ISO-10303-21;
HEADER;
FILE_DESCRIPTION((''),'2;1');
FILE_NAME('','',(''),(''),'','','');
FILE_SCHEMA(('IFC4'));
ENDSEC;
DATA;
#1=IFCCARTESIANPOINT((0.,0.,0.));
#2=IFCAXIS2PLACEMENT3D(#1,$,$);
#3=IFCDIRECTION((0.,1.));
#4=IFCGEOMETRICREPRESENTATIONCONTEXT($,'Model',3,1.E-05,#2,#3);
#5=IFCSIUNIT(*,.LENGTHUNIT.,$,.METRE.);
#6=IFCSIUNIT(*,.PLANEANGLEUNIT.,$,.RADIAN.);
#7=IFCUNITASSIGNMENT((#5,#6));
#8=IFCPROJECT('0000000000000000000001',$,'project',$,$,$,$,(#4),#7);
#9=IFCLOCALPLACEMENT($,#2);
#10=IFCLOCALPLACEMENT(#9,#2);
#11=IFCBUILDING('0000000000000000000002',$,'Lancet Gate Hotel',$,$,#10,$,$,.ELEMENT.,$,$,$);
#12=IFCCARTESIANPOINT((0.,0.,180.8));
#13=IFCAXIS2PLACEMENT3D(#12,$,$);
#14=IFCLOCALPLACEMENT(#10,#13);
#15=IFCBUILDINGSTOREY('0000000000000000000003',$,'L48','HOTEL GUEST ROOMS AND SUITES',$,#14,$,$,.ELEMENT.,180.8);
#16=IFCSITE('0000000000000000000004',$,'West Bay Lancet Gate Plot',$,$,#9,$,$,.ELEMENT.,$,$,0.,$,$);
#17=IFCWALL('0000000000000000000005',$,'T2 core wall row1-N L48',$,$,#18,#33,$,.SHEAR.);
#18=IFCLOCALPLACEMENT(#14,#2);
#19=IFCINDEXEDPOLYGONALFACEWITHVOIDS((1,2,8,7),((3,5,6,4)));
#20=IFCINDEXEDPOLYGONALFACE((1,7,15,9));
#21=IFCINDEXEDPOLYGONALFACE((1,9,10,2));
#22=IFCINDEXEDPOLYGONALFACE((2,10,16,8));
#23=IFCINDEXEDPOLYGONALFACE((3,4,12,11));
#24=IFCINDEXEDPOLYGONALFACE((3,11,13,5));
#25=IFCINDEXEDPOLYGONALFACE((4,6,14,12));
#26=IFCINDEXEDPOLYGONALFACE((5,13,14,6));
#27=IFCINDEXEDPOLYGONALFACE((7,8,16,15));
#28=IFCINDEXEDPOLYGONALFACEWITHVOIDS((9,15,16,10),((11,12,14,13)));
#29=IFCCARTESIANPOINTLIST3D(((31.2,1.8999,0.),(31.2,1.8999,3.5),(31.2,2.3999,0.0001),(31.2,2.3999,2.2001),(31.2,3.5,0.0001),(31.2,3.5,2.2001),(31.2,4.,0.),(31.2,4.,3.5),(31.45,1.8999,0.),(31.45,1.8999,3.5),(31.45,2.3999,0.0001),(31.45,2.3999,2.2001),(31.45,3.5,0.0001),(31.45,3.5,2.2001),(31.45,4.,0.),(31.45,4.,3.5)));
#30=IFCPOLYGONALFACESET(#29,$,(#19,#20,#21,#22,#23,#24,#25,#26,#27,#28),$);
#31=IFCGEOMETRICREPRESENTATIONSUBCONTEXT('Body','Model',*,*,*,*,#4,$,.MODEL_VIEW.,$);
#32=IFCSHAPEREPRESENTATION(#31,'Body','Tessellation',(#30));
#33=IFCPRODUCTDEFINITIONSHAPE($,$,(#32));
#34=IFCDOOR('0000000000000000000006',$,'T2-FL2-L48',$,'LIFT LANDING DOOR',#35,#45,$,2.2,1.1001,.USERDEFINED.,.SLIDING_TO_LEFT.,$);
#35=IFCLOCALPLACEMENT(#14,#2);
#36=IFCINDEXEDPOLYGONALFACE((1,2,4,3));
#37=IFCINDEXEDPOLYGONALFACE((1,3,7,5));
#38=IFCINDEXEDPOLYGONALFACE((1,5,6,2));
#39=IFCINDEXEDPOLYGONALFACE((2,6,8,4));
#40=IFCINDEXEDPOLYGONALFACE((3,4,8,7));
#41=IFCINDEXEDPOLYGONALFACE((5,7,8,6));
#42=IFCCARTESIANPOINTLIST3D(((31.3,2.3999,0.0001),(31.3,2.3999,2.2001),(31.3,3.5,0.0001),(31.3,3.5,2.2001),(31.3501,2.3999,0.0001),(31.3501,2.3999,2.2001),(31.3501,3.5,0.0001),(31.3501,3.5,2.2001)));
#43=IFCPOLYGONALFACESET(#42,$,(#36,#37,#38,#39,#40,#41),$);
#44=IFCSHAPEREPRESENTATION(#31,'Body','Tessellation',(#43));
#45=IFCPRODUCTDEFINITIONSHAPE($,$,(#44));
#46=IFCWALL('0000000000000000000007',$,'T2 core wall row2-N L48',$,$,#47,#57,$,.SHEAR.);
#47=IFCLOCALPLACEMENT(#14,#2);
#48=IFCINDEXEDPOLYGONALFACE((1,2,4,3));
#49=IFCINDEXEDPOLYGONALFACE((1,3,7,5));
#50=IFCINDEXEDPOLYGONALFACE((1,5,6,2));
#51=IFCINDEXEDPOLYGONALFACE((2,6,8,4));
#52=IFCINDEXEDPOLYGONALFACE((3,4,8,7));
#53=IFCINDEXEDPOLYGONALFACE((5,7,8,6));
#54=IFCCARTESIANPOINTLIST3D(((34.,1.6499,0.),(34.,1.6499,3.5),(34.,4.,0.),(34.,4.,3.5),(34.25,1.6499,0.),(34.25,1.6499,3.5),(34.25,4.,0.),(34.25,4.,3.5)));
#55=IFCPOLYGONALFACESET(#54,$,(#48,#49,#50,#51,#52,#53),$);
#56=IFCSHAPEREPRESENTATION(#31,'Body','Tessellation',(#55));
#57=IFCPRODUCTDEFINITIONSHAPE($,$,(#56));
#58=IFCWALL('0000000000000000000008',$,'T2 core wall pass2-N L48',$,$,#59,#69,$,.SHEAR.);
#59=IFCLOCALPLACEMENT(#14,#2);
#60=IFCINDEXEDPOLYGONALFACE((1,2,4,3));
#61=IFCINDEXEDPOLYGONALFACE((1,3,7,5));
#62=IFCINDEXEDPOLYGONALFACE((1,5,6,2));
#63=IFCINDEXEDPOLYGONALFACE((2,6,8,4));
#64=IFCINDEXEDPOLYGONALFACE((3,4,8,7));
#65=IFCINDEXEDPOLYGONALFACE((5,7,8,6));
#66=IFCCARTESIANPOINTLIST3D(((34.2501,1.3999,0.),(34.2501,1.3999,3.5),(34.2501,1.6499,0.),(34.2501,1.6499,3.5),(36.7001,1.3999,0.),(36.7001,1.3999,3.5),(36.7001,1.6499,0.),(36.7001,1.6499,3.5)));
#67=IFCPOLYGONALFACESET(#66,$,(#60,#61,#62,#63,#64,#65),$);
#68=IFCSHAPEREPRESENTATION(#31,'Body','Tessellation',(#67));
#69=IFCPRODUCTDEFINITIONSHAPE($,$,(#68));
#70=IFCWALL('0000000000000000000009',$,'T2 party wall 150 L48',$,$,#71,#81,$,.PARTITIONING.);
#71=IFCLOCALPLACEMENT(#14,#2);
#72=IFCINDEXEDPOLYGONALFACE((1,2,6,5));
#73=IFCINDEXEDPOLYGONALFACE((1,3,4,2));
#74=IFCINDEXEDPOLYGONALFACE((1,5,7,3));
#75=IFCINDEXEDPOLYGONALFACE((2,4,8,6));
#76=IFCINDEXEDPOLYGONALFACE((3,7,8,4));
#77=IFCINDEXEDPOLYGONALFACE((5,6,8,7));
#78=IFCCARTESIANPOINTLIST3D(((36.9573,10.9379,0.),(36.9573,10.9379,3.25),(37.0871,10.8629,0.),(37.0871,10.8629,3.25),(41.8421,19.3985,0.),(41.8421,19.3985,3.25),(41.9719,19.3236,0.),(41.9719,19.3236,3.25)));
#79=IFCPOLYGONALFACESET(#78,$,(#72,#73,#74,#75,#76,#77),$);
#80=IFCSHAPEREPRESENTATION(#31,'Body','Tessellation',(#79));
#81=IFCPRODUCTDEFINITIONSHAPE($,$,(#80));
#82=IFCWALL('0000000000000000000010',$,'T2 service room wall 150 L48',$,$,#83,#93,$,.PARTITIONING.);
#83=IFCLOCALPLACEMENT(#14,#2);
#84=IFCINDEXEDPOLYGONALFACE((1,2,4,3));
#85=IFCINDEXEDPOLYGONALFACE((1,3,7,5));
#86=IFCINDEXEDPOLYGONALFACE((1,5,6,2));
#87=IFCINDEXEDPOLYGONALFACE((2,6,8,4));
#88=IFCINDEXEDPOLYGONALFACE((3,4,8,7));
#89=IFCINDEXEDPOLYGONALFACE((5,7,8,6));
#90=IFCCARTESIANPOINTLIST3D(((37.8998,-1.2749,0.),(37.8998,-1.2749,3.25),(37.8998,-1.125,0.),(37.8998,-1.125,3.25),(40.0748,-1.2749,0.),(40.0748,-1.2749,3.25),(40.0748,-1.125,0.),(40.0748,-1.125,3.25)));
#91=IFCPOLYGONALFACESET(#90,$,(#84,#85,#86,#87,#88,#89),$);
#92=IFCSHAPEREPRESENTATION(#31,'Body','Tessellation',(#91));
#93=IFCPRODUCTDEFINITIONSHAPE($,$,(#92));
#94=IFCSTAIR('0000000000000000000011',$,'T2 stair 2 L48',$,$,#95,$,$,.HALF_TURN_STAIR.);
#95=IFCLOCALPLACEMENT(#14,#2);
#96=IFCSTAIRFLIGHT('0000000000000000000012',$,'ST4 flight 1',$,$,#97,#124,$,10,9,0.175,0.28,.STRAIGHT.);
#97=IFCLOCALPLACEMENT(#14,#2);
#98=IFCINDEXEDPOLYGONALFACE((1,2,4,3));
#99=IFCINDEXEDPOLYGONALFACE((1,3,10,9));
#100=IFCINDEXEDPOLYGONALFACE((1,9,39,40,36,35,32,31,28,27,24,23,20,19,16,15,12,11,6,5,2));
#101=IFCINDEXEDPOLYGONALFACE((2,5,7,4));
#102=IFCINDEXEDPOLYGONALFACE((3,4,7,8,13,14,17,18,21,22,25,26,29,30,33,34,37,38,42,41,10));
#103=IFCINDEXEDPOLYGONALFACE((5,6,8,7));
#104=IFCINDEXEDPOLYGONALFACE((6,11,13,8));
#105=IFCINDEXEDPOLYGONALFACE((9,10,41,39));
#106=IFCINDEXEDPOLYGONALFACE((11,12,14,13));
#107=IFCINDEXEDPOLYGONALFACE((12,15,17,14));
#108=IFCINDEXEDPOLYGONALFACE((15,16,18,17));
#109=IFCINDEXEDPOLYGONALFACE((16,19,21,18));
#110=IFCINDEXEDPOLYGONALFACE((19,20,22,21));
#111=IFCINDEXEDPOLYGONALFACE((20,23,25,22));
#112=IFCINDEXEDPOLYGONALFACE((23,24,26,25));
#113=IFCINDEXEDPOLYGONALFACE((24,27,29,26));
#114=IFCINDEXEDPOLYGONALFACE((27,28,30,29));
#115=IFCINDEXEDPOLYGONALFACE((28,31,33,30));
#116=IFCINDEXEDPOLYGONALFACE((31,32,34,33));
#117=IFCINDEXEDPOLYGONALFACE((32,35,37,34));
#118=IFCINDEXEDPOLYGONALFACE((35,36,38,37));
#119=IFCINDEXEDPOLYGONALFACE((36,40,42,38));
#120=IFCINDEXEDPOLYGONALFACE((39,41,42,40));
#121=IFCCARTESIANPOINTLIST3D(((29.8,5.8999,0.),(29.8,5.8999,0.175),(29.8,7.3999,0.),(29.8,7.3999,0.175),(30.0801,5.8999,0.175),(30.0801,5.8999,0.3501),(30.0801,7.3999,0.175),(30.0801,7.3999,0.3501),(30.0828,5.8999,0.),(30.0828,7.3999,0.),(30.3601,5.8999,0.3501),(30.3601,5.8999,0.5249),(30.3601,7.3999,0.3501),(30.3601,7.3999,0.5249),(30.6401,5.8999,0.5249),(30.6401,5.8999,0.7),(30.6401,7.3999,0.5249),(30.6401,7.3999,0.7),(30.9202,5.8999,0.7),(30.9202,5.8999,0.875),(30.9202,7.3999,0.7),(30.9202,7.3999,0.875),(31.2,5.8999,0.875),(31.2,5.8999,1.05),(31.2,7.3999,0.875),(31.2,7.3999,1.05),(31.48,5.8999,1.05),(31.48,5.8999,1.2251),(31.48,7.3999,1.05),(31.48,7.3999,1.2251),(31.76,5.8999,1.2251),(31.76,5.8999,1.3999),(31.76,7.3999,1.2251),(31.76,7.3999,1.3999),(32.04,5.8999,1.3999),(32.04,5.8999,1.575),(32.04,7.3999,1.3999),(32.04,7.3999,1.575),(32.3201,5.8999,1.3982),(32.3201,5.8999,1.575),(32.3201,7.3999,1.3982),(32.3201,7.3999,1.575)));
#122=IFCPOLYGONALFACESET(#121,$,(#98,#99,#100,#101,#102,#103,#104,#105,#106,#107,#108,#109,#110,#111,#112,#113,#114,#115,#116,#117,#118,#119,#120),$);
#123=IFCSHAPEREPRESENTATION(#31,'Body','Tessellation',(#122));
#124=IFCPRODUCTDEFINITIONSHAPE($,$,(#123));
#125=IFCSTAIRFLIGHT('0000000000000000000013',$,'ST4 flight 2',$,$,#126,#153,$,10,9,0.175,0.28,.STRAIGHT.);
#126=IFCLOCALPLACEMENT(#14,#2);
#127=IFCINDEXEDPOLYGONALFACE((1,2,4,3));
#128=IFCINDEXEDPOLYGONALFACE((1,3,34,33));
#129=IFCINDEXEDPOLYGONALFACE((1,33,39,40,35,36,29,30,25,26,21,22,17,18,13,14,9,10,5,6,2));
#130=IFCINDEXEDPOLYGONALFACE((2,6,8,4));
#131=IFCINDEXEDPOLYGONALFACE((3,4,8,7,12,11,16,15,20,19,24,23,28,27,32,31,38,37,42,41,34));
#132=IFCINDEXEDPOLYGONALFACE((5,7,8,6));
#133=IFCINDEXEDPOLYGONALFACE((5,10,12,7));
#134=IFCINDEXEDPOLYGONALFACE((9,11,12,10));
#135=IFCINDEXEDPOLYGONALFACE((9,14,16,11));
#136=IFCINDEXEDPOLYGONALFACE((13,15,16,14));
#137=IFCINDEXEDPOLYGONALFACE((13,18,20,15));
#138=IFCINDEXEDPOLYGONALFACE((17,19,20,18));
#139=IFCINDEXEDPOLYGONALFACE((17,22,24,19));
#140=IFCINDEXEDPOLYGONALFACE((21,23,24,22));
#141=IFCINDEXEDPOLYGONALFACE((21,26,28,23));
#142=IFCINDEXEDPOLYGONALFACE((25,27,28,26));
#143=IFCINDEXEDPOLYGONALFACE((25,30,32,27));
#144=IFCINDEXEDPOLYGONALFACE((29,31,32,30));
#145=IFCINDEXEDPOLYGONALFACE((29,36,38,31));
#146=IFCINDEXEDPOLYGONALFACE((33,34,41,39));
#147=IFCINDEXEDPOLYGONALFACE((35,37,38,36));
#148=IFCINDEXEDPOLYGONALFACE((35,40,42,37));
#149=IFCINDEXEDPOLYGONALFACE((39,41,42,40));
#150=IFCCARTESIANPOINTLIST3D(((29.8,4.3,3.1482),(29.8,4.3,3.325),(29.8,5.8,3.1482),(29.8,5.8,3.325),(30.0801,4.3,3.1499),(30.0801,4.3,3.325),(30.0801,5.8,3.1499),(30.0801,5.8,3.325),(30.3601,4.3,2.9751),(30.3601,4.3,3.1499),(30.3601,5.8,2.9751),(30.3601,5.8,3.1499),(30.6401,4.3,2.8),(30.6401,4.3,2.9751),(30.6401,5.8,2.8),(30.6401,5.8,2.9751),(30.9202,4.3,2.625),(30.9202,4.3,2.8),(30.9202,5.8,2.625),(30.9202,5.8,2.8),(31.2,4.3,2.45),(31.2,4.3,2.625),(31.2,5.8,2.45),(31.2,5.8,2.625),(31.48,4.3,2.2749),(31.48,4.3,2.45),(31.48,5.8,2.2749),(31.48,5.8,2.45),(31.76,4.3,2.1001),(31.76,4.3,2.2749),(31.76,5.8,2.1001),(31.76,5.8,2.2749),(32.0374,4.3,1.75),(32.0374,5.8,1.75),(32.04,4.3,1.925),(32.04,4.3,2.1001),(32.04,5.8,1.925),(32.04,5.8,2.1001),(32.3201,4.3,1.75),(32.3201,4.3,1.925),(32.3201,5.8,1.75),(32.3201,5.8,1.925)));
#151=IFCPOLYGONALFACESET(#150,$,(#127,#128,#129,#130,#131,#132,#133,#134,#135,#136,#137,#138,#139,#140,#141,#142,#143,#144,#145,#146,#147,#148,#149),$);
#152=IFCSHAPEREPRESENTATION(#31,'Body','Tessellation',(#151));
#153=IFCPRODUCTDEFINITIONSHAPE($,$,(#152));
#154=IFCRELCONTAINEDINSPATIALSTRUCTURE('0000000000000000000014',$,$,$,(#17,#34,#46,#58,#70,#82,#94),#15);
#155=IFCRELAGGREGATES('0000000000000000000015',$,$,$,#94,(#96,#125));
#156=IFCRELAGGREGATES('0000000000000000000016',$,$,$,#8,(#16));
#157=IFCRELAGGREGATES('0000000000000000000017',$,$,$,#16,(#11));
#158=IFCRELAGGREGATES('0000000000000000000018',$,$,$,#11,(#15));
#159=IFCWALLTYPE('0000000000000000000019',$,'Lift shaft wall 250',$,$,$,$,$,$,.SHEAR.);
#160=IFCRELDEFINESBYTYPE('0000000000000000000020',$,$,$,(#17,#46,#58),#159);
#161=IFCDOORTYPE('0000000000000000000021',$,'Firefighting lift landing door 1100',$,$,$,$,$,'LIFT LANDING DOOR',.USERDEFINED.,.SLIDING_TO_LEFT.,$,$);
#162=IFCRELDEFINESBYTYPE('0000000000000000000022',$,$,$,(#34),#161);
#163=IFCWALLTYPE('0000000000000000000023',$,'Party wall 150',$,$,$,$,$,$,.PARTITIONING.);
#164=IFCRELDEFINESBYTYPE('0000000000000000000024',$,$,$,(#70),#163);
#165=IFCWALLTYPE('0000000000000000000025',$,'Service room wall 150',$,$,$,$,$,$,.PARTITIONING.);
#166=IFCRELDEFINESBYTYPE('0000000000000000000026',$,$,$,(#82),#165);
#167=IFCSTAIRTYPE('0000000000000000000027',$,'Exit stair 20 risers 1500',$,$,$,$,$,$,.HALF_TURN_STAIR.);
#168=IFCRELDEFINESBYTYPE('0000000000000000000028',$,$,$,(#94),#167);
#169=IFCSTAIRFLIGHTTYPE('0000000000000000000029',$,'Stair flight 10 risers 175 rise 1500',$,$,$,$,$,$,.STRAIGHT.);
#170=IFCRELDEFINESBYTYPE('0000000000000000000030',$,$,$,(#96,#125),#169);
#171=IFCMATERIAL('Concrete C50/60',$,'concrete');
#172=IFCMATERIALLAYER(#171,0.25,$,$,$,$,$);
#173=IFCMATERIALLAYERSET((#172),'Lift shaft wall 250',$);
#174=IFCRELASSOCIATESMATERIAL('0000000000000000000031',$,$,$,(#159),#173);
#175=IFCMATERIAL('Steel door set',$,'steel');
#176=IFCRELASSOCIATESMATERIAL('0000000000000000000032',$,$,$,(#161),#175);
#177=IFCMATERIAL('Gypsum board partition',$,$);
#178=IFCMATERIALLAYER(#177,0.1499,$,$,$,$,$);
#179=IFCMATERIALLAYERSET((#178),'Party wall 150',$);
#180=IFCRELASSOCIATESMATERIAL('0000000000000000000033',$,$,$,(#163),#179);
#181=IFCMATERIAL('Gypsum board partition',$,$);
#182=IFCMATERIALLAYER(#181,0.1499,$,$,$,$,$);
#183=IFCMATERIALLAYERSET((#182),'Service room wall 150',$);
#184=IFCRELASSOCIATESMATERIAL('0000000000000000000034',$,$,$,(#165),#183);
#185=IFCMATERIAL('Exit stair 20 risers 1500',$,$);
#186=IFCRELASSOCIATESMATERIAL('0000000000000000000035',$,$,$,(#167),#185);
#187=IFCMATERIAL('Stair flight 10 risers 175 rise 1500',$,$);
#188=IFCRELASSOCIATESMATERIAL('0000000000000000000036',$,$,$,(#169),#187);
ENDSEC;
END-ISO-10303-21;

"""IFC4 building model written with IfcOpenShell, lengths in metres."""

from ifc_helpers import new_model, si_unit, direction, frame, frame_2d, origin, place, context, subcontext, project, spatial, polyline, rectangle, outline, extrude, material, layer, layer_set, type_object, element, fill, aggregate, save


model = new_model("IFC4")

# Units and contexts
model_context = context("Model", 3, precision=1e-05, world=origin(), true_north=direction((0.0, 1.0)))
body_context = subcontext(model_context, "Body", "Model", "MODEL_VIEW")
ifc_project = project(units=[si_unit("LENGTHUNIT", "METRE"), si_unit("PLANEANGLEUNIT", "RADIAN")], contexts=[model_context])

# Site, building, storey
site_placement = place(None, origin())
site = spatial("IfcSite", under=ifc_project, at=site_placement, Name="West Bay Lancet Gate Plot", CompositionType="ELEMENT", RefElevation=0.0)
building_placement = place(site_placement, origin())
building = spatial("IfcBuilding", under=site, at=building_placement, Name="Lancet Gate Hotel", CompositionType="ELEMENT")
storey_placement = place(building_placement, frame((0.0, 0.0, 180.8)))
storey = spatial("IfcBuildingStorey", under=building, at=storey_placement, Name="L48", Description="HOTEL GUEST ROOMS AND SUITES", CompositionType="ELEMENT", Elevation=180.8)

# Wall, opening, door
ifc_material_1 = material(Name="Concrete C50/60", Category="concrete")
ifc_layer_1 = layer(ifc_material_1, 0.25)
ifc_layer_set_1 = layer_set([ifc_layer_1], Name="Lift shaft wall 250")
wall_type_1 = type_object("IfcWallType", Name="Lift shaft wall 250", PredefinedType="SHEAR", material=ifc_layer_set_1)
wall_1_placement = place(storey_placement, frame((31.325, 1.8999, 0.0), z_axis=(0.0, 0.0, 1.0), x_axis=(0.0, 1.0, 0.0)))
wall_1 = element("IfcWall", 1, at=wall_1_placement, inside=storey, type_object=wall_type_1, Name="T2 core wall row1-N L48", PredefinedType="SHEAR", context=body_context, shape_type="SweptSolid", body=[
    extrude(rectangle(XDim=2.1001, YDim=0.25, at=frame_2d((1.05, 0.0))), origin(), (0.0, 0.0, 1.0), 3.5),
])
opening_1_placement = place(wall_1_placement, frame((0.5, 0.0, 0.0)))
opening_1 = element("IfcOpeningElement", 2, at=opening_1_placement, cuts=wall_1, PredefinedType="OPENING", context=body_context, shape_type="SweptSolid", body=[
    extrude(rectangle(XDim=1.1001, YDim=2.2, at=frame_2d((0.55, 1.1001))), frame((0.0, 0.135, 0.0), z_axis=(0.0, -1.0, 0.0), x_axis=(1.0, 0.0, 0.0)), (0.0, 0.0, 1.0), 0.27),
])
ifc_material_2 = material(Name="Steel door set", Category="steel")
door_type_1 = type_object("IfcDoorType", Name="Firefighting lift landing door 1100", ElementType="LIFT LANDING DOOR", OperationType="SLIDING_TO_LEFT", PredefinedType="USERDEFINED", material=ifc_material_2)
door_1_placement = place(opening_1_placement, origin())
door_1 = element("IfcDoor", 3, at=door_1_placement, inside=storey, type_object=door_type_1, Name="T2-FL2-L48", ObjectType="LIFT LANDING DOOR", OperationType="SLIDING_TO_LEFT", OverallHeight=2.2, OverallWidth=1.1001, PredefinedType="USERDEFINED", context=body_context, shape_type="SweptSolid", body=[
    extrude(rectangle(XDim=1.1001, YDim=2.2, at=frame_2d((0.55, 1.1001))), frame((0.0, 0.0249, 0.0), z_axis=(0.0, -1.0, 0.0), x_axis=(1.0, 0.0, 0.0)), (0.0, 0.0, 1.0), 0.05),
])
fill(opening_1, door_1)

# Walls
wall_2_placement = place(storey_placement, frame((34.125, 1.6499, 0.0), z_axis=(0.0, 0.0, 1.0), x_axis=(0.0, 1.0, 0.0)))
element("IfcWall", 4, at=wall_2_placement, inside=storey, type_object=wall_type_1, Name="T2 core wall row2-N L48", PredefinedType="SHEAR", context=body_context, shape_type="SweptSolid", body=[
    extrude(rectangle(XDim=2.3501, YDim=0.25, at=frame_2d((1.175, 0.0))), origin(), (0.0, 0.0, 1.0), 3.5),
])
wall_3_placement = place(storey_placement, frame((34.25, 1.5249, 0.0), z_axis=(0.0, 0.0, 1.0), x_axis=(1.0, 0.0, 0.0)))
element("IfcWall", 5, at=wall_3_placement, inside=storey, type_object=wall_type_1, Name="T2 core wall pass2-N L48", PredefinedType="SHEAR", context=body_context, shape_type="SweptSolid", body=[
    extrude(rectangle(XDim=2.45, YDim=0.25, at=frame_2d((1.2251, 0.0))), origin(), (0.0, 0.0, 1.0), 3.5),
])
ifc_material_3 = material(Name="Gypsum board partition")
ifc_layer_2 = layer(ifc_material_3, 0.1499)
ifc_layer_set_2 = layer_set([ifc_layer_2], Name="Party wall 150")
wall_type_2 = type_object("IfcWallType", Name="Party wall 150", PredefinedType="PARTITIONING", material=ifc_layer_set_2)
wall_4_placement = place(storey_placement, frame((37.0222, 10.9004, 0.0), z_axis=(0.0, 0.0, 1.0), x_axis=(0.499999, 0.866026, 0.0)))
element("IfcWall", 6, at=wall_4_placement, inside=storey, type_object=wall_type_2, Name="T2 party wall 150 L48", PredefinedType="PARTITIONING", context=body_context, shape_type="SweptSolid", body=[
    extrude(rectangle(XDim=9.7695, YDim=0.1499, at=frame_2d((4.8848, 0.0))), origin(), (0.0, 0.0, 1.0), 3.25),
])
ifc_material_4 = material(Name="Gypsum board partition")
ifc_layer_3 = layer(ifc_material_4, 0.1499)
ifc_layer_set_3 = layer_set([ifc_layer_3], Name="Service room wall 150")
wall_type_3 = type_object("IfcWallType", Name="Service room wall 150", PredefinedType="PARTITIONING", material=ifc_layer_set_3)
wall_5_placement = place(storey_placement, frame((37.8999, -1.2, 0.0), z_axis=(0.0, 0.0, 1.0), x_axis=(1.0, 0.0, 0.0)))
element("IfcWall", 7, at=wall_5_placement, inside=storey, type_object=wall_type_3, Name="T2 service room wall 150 L48", PredefinedType="PARTITIONING", context=body_context, shape_type="SweptSolid", body=[
    extrude(rectangle(XDim=2.175, YDim=0.1499, at=frame_2d((1.0874, 0.0))), origin(), (0.0, 0.0, 1.0), 3.25),
])

# Stair, stair flights
ifc_material_5 = material(Name="Exit stair 20 risers 1500")
stair_type = type_object("IfcStairType", Name="Exit stair 20 risers 1500", PredefinedType="HALF_TURN_STAIR", material=ifc_material_5)
stair_placement = place(storey_placement, origin())
stair = element("IfcStair", 8, at=stair_placement, inside=storey, type_object=stair_type, Name="T2 stair 2 L48", PredefinedType="HALF_TURN_STAIR")
ifc_material_6 = material(Name="Stair flight 10 risers 175 rise 1500")
stair_flight_type = type_object("IfcStairFlightType", Name="Stair flight 10 risers 175 rise 1500", PredefinedType="STRAIGHT", material=ifc_material_6)
stair_flight_1_placement = place(storey_placement, frame((29.8, 6.6499, 0.0), z_axis=(0.0, 0.0, 1.0), x_axis=(1.0, 0.0, 0.0)))
stair_flight_1 = element("IfcStairFlight", 9, at=stair_flight_1_placement, type_object=stair_flight_type, Name="ST4 flight 1", NumberOfRisers=10, NumberOfTreads=9, PredefinedType="STRAIGHT", RiserHeight=0.175, TreadLength=0.28, context=body_context, shape_type="SweptSolid", body=[
    extrude(outline(polyline([(0.0, 0.0), (0.0, 0.175), (0.28, 0.175), (0.28, 0.3501), (0.5601, 0.3501), (0.5601, 0.5249), (0.8401, 0.5249), (0.8401, 0.7), (1.1201, 0.7), (1.1201, 0.875), (1.3999, 0.875), (1.3999, 1.05), (1.6799, 1.05), (1.6799, 1.2251), (1.96, 1.2251), (1.96, 1.3999), (2.24, 1.3999), (2.24, 1.575), (2.52, 1.575), (2.52, 1.75), (2.52, 1.3982), (0.2827, 0.0), (0.0, 0.0)])), frame((0.0, 0.75, 0.0), z_axis=(0.0, -1.0, 0.0), x_axis=(1.0, 0.0, 0.0)), (0.0, 0.0, 1.0), 1.5),
])
stair_flight_2_placement = place(storey_placement, frame((32.3201, 5.05, 1.75), z_axis=(0.0, 0.0, 1.0), x_axis=(-1.0, 0.0, 0.0)))
stair_flight_2 = element("IfcStairFlight", 10, at=stair_flight_2_placement, type_object=stair_flight_type, Name="ST4 flight 2", NumberOfRisers=10, NumberOfTreads=9, PredefinedType="STRAIGHT", RiserHeight=0.175, TreadLength=0.28, context=body_context, shape_type="SweptSolid", body=[
    extrude(outline(polyline([(0.0, 0.0), (0.0, 0.175), (0.28, 0.175), (0.28, 0.3501), (0.5601, 0.3501), (0.5601, 0.5249), (0.8401, 0.5249), (0.8401, 0.7), (1.1201, 0.7), (1.1201, 0.875), (1.3999, 0.875), (1.3999, 1.05), (1.6799, 1.05), (1.6799, 1.2251), (1.96, 1.2251), (1.96, 1.3999), (2.24, 1.3999), (2.24, 1.575), (2.52, 1.575), (2.52, 1.75), (2.52, 1.3982), (0.2827, 0.0), (0.0, 0.0)])), frame((0.0, 0.75, 0.0), z_axis=(0.0, -1.0, 0.0), x_axis=(1.0, 0.0, 0.0)), (0.0, 0.0, 1.0), 1.5),
])
aggregate(stair, [stair_flight_1, stair_flight_2])

save(model, "model.ifc")
